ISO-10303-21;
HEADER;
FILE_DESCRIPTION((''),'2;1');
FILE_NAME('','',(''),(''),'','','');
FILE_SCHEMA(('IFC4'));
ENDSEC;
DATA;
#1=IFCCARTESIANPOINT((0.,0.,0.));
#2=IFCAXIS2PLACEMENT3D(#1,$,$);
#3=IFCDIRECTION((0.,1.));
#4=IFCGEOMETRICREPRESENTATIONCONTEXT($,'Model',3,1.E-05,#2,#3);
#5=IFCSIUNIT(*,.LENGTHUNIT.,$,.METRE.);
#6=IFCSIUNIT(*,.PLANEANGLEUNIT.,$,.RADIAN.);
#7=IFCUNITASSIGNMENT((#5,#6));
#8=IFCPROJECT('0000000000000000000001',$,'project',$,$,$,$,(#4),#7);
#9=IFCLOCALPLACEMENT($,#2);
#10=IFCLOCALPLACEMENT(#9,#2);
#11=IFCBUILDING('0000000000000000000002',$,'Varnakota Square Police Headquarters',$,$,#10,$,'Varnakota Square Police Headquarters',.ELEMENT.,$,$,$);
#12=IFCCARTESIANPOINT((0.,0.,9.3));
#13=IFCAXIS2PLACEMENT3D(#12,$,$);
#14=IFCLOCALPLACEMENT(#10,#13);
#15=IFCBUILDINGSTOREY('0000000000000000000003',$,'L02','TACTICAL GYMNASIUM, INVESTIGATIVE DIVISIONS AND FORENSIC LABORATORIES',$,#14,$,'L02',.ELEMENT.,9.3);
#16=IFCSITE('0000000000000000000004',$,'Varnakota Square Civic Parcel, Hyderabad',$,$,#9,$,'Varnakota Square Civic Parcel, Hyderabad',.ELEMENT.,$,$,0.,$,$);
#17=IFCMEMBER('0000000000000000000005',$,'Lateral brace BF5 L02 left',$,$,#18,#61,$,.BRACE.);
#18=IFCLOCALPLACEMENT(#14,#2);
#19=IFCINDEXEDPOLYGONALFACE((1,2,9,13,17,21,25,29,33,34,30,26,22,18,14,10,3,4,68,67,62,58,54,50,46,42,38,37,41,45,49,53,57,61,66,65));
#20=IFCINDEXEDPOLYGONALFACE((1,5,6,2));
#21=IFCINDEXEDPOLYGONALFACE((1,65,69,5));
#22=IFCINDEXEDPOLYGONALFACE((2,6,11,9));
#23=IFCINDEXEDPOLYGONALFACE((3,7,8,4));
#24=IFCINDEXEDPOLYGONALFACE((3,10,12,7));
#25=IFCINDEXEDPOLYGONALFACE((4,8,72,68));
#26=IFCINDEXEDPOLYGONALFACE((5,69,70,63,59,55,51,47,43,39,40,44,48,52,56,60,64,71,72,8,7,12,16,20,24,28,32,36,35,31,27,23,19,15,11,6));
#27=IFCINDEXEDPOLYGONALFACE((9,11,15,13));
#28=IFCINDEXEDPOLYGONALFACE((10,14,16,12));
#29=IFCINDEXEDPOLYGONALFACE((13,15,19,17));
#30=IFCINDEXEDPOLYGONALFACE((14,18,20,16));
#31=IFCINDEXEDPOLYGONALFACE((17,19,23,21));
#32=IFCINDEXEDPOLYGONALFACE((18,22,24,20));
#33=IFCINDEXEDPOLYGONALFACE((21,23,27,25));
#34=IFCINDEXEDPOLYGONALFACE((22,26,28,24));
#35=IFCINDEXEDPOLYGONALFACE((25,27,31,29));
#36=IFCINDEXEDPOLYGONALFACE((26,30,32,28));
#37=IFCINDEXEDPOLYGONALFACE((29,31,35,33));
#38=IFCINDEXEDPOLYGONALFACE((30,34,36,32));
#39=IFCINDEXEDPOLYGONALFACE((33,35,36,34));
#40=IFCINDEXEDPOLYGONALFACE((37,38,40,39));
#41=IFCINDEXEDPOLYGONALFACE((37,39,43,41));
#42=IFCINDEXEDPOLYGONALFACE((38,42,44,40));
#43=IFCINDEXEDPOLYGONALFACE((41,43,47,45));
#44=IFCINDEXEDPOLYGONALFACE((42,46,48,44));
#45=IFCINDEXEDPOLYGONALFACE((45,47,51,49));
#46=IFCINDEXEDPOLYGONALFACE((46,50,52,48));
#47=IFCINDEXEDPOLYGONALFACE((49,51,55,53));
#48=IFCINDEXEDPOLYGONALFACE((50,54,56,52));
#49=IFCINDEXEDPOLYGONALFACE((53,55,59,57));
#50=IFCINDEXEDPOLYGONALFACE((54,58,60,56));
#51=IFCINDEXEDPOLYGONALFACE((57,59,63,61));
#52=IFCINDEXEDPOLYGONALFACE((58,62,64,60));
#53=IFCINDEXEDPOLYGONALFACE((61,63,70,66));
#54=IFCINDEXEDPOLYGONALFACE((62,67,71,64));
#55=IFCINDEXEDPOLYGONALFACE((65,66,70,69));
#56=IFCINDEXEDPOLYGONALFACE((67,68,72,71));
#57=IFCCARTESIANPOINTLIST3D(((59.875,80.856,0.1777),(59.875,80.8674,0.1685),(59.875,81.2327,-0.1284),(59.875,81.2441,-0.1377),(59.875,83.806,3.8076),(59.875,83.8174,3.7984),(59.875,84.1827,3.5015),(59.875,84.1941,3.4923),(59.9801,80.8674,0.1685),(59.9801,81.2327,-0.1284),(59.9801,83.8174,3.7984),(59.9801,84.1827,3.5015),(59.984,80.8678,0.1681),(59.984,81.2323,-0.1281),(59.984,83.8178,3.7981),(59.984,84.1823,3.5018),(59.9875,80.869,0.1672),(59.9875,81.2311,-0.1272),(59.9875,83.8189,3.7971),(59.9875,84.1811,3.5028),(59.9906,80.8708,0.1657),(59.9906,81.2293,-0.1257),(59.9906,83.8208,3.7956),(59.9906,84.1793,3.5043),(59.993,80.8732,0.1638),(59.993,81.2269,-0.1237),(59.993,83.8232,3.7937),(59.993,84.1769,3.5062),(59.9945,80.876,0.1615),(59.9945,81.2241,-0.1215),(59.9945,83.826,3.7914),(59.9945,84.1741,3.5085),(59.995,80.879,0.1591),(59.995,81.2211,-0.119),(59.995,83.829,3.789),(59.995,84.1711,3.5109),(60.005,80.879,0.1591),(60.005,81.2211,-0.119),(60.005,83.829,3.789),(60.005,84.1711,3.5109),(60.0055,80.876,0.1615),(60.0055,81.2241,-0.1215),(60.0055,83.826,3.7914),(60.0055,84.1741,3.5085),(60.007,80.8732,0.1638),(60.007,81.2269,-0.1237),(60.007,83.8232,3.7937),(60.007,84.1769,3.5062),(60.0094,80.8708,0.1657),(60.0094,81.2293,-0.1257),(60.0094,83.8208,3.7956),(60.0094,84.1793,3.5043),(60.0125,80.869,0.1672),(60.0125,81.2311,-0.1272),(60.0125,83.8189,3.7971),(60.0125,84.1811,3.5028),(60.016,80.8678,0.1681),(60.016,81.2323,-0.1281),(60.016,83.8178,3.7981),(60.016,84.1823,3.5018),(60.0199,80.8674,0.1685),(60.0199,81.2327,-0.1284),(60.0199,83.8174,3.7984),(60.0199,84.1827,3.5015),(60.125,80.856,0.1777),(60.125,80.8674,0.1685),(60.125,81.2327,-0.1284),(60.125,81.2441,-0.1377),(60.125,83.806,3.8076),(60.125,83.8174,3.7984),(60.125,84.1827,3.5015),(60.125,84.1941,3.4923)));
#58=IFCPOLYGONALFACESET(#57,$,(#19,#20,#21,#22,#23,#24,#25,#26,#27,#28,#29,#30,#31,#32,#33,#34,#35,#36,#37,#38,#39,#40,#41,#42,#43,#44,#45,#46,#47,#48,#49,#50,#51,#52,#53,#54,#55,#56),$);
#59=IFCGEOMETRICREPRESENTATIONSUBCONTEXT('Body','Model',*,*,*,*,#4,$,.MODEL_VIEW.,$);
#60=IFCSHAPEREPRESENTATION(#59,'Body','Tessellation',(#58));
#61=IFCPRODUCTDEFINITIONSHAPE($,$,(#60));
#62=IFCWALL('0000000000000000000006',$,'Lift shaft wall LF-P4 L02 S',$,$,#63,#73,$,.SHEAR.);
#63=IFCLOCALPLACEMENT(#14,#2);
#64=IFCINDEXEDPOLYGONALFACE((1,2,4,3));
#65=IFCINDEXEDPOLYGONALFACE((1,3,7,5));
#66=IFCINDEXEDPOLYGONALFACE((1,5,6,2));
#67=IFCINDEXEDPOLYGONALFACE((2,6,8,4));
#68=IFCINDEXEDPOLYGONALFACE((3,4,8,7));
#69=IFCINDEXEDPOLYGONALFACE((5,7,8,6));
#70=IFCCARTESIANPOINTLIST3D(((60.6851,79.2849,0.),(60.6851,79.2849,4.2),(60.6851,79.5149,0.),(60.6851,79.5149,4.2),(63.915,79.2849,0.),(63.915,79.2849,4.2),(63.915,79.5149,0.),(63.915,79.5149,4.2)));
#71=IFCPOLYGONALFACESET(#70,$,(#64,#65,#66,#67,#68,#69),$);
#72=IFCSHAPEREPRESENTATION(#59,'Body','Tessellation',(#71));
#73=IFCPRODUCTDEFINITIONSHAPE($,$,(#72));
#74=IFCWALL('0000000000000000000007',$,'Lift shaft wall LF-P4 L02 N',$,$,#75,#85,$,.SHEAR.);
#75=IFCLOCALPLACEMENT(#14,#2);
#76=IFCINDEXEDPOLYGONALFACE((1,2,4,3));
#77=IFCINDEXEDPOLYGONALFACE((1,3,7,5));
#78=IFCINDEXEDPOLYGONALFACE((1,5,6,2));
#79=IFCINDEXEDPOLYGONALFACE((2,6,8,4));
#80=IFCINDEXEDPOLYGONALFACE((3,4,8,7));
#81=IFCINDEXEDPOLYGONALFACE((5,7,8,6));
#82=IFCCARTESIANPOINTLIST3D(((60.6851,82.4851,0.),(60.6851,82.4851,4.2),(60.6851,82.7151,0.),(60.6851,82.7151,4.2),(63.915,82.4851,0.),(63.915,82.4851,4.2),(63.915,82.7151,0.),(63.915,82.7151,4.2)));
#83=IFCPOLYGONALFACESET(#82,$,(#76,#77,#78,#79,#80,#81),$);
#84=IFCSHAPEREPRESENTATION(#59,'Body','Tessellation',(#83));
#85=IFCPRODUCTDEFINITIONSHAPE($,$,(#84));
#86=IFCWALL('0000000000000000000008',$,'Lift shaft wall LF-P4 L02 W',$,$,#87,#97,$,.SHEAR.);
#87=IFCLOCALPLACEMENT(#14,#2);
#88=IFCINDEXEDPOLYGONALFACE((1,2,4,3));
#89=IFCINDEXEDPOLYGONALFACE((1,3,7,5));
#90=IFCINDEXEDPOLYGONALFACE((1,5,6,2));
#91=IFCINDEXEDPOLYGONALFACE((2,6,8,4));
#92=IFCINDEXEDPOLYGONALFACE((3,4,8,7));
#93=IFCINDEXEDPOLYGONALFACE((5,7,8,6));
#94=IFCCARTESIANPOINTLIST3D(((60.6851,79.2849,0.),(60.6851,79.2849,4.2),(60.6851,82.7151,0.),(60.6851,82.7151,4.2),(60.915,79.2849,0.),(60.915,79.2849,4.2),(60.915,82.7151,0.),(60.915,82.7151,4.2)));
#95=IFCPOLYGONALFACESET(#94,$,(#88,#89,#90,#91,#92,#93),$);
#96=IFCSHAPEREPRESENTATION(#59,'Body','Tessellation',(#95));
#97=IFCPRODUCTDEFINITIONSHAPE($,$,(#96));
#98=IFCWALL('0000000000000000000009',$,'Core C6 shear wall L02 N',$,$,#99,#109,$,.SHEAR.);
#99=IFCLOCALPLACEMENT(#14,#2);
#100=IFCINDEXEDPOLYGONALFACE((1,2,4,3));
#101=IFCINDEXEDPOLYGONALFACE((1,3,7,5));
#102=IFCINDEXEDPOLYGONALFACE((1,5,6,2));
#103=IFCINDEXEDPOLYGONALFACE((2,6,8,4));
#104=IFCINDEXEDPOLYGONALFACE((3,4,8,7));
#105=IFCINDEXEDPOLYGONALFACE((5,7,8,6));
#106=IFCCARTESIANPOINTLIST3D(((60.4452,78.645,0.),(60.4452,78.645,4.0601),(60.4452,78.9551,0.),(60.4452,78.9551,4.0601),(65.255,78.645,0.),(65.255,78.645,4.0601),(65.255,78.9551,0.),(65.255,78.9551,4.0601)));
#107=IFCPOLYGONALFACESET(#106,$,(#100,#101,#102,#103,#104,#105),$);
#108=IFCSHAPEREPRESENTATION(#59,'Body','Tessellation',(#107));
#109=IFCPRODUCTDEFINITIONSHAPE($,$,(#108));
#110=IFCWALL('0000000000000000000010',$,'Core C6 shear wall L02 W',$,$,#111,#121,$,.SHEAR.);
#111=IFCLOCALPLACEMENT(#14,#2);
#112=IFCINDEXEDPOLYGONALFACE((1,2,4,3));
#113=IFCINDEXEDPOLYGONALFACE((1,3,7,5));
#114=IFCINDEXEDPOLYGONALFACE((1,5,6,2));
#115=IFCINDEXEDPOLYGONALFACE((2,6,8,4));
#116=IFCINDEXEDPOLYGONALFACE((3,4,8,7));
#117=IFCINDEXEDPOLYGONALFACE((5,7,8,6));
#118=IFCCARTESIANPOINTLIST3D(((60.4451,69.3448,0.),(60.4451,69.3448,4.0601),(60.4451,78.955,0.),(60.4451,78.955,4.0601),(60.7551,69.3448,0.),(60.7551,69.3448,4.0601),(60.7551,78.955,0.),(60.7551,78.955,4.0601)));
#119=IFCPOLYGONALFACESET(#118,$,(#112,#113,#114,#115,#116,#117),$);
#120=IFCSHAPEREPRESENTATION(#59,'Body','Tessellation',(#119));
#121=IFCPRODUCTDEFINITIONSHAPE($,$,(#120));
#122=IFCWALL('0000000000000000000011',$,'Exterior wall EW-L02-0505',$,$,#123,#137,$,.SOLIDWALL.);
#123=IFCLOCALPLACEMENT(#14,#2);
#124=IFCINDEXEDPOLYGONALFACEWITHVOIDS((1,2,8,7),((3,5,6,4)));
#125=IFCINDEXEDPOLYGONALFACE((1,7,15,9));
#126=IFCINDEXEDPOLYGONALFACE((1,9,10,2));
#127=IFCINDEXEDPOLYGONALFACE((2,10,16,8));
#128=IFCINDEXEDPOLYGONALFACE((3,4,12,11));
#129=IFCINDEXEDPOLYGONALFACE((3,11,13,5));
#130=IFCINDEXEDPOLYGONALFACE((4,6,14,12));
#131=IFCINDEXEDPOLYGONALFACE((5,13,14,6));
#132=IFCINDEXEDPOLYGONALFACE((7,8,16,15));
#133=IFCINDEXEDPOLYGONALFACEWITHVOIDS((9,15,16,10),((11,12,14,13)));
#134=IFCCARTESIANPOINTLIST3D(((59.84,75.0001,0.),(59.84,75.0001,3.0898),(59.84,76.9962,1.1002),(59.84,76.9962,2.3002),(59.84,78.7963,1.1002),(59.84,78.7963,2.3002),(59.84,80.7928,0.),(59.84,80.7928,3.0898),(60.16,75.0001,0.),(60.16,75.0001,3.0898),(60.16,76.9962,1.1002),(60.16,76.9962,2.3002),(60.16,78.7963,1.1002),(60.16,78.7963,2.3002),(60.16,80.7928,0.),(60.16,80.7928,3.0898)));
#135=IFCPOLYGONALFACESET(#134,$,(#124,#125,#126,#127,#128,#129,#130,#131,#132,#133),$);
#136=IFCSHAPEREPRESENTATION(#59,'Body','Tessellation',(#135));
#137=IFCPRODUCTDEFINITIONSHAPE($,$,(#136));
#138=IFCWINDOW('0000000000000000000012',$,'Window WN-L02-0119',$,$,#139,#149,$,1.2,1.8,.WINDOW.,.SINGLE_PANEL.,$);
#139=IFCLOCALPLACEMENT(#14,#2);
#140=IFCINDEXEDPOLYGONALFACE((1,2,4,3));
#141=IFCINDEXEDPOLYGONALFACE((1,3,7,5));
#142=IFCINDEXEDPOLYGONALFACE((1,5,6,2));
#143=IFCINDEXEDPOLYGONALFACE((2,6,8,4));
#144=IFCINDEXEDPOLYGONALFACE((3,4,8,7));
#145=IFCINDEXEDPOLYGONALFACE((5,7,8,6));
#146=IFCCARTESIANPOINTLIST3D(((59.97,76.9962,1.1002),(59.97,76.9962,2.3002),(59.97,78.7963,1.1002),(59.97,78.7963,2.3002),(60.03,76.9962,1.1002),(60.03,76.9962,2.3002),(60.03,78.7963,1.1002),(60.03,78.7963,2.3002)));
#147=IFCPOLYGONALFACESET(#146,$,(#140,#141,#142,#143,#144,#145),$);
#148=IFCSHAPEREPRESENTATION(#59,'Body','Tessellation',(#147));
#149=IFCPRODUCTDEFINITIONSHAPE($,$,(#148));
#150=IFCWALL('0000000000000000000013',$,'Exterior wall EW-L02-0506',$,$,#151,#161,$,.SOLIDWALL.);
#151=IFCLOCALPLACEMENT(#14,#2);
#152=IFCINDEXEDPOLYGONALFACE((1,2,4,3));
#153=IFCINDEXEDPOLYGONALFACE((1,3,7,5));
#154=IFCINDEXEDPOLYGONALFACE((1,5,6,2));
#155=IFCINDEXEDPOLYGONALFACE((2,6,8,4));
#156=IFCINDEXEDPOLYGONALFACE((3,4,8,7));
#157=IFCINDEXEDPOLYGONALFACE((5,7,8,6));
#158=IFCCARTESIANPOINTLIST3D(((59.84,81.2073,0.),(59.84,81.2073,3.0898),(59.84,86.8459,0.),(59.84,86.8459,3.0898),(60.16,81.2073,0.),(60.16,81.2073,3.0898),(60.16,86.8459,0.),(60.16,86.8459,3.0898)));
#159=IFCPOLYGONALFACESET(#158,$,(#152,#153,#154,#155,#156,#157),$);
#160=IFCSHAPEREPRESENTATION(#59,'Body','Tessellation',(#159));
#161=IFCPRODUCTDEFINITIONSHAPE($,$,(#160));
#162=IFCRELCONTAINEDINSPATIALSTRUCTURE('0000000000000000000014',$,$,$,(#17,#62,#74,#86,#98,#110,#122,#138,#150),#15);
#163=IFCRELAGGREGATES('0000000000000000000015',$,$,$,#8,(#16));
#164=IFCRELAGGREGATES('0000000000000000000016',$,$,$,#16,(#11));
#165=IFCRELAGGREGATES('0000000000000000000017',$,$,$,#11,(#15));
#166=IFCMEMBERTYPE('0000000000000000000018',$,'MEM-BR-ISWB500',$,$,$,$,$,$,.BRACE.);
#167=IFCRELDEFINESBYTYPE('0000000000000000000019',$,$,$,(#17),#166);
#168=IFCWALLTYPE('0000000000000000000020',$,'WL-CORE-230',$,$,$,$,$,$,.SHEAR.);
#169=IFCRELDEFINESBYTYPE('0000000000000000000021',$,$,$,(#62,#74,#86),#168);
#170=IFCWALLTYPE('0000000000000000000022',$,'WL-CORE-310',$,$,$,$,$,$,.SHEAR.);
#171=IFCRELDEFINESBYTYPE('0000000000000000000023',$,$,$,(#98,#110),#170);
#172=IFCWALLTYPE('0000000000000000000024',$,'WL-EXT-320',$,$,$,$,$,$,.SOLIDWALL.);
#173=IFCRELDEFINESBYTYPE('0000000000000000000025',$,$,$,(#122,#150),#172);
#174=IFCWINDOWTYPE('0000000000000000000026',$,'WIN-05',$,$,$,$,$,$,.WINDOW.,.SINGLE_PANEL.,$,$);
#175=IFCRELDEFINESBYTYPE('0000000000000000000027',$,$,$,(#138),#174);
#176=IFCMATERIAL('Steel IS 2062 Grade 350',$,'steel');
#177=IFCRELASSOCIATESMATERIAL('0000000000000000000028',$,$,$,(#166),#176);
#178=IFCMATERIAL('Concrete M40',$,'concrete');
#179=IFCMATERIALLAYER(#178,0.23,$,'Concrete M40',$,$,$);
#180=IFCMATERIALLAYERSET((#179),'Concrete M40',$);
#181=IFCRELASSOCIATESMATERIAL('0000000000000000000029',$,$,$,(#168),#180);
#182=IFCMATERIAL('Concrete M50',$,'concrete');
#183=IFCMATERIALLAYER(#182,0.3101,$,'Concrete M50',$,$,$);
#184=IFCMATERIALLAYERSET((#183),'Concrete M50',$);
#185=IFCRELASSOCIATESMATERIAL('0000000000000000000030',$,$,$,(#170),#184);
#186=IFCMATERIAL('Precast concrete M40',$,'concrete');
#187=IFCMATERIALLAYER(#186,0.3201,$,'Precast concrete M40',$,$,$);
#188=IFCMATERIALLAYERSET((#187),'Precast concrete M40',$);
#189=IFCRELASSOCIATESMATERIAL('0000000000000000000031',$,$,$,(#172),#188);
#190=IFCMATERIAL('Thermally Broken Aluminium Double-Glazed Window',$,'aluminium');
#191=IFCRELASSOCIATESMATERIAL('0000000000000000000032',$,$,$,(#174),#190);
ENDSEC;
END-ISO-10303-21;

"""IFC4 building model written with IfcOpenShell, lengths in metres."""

from ifc_helpers import new_model, si_unit, direction, frame, frame_2d, origin, origin_2d, place, context, subcontext, project, spatial, rectangle, i_section, extrude, material, layer, layer_set, material_profile, profile_set, type_object, element, fill, save


model = new_model("IFC4")

# Units and contexts
model_context = context("Model", 3, precision=1e-05, world=origin(), true_north=direction((0.0, 1.0)))
body_context = subcontext(model_context, "Body", "Model", "MODEL_VIEW")
ifc_project = project(units=[si_unit("LENGTHUNIT", "METRE"), si_unit("PLANEANGLEUNIT", "RADIAN")], contexts=[model_context])

# Site, building, storey
site_placement = place(None, origin())
site = spatial("IfcSite", under=ifc_project, at=site_placement, Name="Varnakota Square Civic Parcel, Hyderabad", LongName="Varnakota Square Civic Parcel, Hyderabad", CompositionType="ELEMENT", RefElevation=0.0)
building_placement = place(site_placement, origin())
building = spatial("IfcBuilding", under=site, at=building_placement, Name="Varnakota Square Police Headquarters", LongName="Varnakota Square Police Headquarters", CompositionType="ELEMENT")
storey_placement = place(building_placement, frame((0.0, 0.0, 9.3)))
storey = spatial("IfcBuildingStorey", under=building, at=storey_placement, Name="L02", Description="TACTICAL GYMNASIUM, INVESTIGATIVE DIVISIONS AND FORENSIC LABORATORIES", LongName="L02", CompositionType="ELEMENT", Elevation=9.3)

# Shared definitions
ifc_material_1 = material(Name="Steel IS 2062 Grade 350", Category="steel")

# Member
ifc_material_profile_1 = material_profile(ifc_material_1, i_section(OverallWidth=0.25, OverallDepth=0.5, WebThickness=0.01, FlangeThickness=0.0146, FilletRadius=0.0149, at=origin_2d()), Name="ISWB 500")
ifc_profile_set_1 = profile_set([ifc_material_profile_1], Name="Steel IS 2062 Grade 350")
member_type = type_object("IfcMemberType", Name="MEM-BR-ISWB500", PredefinedType="BRACE", material=ifc_profile_set_1)
member_placement = place(storey_placement, frame((60.0, 81.05, 0.02), z_axis=(0.0, 0.630679, 0.776044), x_axis=(-1.0, 0.0, 0.0)))
element("IfcMember", 1, at=member_placement, inside=storey, type_object=member_type, Name="Lateral brace BF5 L02 left", PredefinedType="BRACE", context=body_context, shape_type="SweptSolid", body=[
    extrude(i_section(OverallWidth=0.25, OverallDepth=0.5, WebThickness=0.01, FlangeThickness=0.0146, FilletRadius=0.0149, at=origin_2d()), origin(), (0.0, 0.0, 1.0), 4.6775),
])

# Wall
ifc_material_2 = material(Name="Concrete M40", Category="concrete")
ifc_layer_1 = layer(ifc_material_2, 0.23, Name="Concrete M40")
ifc_layer_set_1 = layer_set([ifc_layer_1], Name="Concrete M40")
wall_type_1 = type_object("IfcWallType", Name="WL-CORE-230", PredefinedType="SHEAR", material=ifc_layer_set_1)
wall_1_placement = place(storey_placement, frame((60.6851, 79.3999, 0.0), z_axis=(0.0, 0.0, 1.0), x_axis=(1.0, 0.0, 0.0)))
element("IfcWall", 2, at=wall_1_placement, inside=storey, type_object=wall_type_1, Name="Lift shaft wall LF-P4 L02 S", PredefinedType="SHEAR", context=body_context, shape_type="SweptSolid", body=[
    extrude(rectangle(XDim=3.23, YDim=0.23, at=frame_2d((1.615, 0.0))), origin(), (0.0, 0.0, 1.0), 4.2),
])

# Walls
wall_2_placement = place(storey_placement, frame((63.915, 82.6001, 0.0), z_axis=(0.0, 0.0, 1.0), x_axis=(-1.0, 0.0, 0.0)))
element("IfcWall", 3, at=wall_2_placement, inside=storey, type_object=wall_type_1, Name="Lift shaft wall LF-P4 L02 N", PredefinedType="SHEAR", context=body_context, shape_type="SweptSolid", body=[
    extrude(rectangle(XDim=3.23, YDim=0.23, at=frame_2d((1.615, 0.0))), origin(), (0.0, 0.0, 1.0), 4.2),
])
wall_3_placement = place(storey_placement, frame((60.8, 82.7151, 0.0), z_axis=(0.0, 0.0, 1.0), x_axis=(0.0, -1.0, 0.0)))
element("IfcWall", 4, at=wall_3_placement, inside=storey, type_object=wall_type_1, Name="Lift shaft wall LF-P4 L02 W", PredefinedType="SHEAR", context=body_context, shape_type="SweptSolid", body=[
    extrude(rectangle(XDim=3.4302, YDim=0.23, at=frame_2d((1.7151, 0.0))), origin(), (0.0, 0.0, 1.0), 4.2),
])
ifc_material_3 = material(Name="Concrete M50", Category="concrete")
ifc_layer_2 = layer(ifc_material_3, 0.3101, Name="Concrete M50")
ifc_layer_set_2 = layer_set([ifc_layer_2], Name="Concrete M50")
wall_type_2 = type_object("IfcWallType", Name="WL-CORE-310", PredefinedType="SHEAR", material=ifc_layer_set_2)
wall_4_placement = place(storey_placement, frame((65.2549, 78.8, 0.0), z_axis=(0.0, 0.0, 1.0), x_axis=(-1.0, 0.0, 0.0)))
element("IfcWall", 5, at=wall_4_placement, inside=storey, type_object=wall_type_2, Name="Core C6 shear wall L02 N", PredefinedType="SHEAR", context=body_context, shape_type="SweptSolid", body=[
    extrude(rectangle(XDim=4.8098, YDim=0.3101, at=frame_2d((2.4048, 0.0))), origin(), (0.0, 0.0, 1.0), 4.0601),
])
wall_5_placement = place(storey_placement, frame((60.6001, 78.9551, 0.0), z_axis=(0.0, 0.0, 1.0), x_axis=(0.0, -1.0, 0.0)))
element("IfcWall", 6, at=wall_5_placement, inside=storey, type_object=wall_type_2, Name="Core C6 shear wall L02 W", PredefinedType="SHEAR", context=body_context, shape_type="SweptSolid", body=[
    extrude(rectangle(XDim=9.6101, YDim=0.3101, at=frame_2d((4.8052, 0.0))), origin(), (0.0, 0.0, 1.0), 4.0601),
])

# Wall, opening, window
ifc_material_4 = material(Name="Precast concrete M40", Category="concrete")
ifc_layer_3 = layer(ifc_material_4, 0.3201, Name="Precast concrete M40")
ifc_layer_set_3 = layer_set([ifc_layer_3], Name="Precast concrete M40")
wall_type_3 = type_object("IfcWallType", Name="WL-EXT-320", PredefinedType="SOLIDWALL", material=ifc_layer_set_3)
wall_6_placement = place(storey_placement, frame((60.0, 75.0, 0.0), z_axis=(0.0, 0.0, 1.0), x_axis=(0.0, 1.0, 0.0)))
wall_6 = element("IfcWall", 7, at=wall_6_placement, inside=storey, type_object=wall_type_3, Name="Exterior wall EW-L02-0505", PredefinedType="SOLIDWALL", context=body_context, shape_type="SweptSolid", body=[
    extrude(rectangle(XDim=5.7927, YDim=0.3201, at=frame_2d((2.8965, 0.0))), origin(), (0.0, 0.0, 1.0), 3.0898),
])
opening_1_placement = place(wall_6_placement, frame((1.9963, 0.0, 1.1001)))
opening_1 = element("IfcOpeningElement", 8, at=opening_1_placement, cuts=wall_6, PredefinedType="OPENING", context=body_context, shape_type="SweptSolid", body=[
    extrude(rectangle(XDim=1.8, YDim=1.2, at=frame_2d((0.8999, 0.6001))), frame((0.0, 0.1699, 0.0), z_axis=(0.0, -1.0, 0.0), x_axis=(1.0, 0.0, 0.0)), (0.0, 0.0, 1.0), 0.3401),
])
ifc_material_5 = material(Name="Thermally Broken Aluminium Double-Glazed Window", Category="aluminium")
window_type = type_object("IfcWindowType", Name="WIN-05", PartitioningType="SINGLE_PANEL", PredefinedType="WINDOW", material=ifc_material_5)
window_placement = place(opening_1_placement, origin())
window = element("IfcWindow", 9, at=window_placement, inside=storey, type_object=window_type, Name="Window WN-L02-0119", OverallHeight=1.2, OverallWidth=1.8, PartitioningType="SINGLE_PANEL", PredefinedType="WINDOW", context=body_context, shape_type="SweptSolid", body=[
    extrude(rectangle(XDim=1.8, YDim=1.2, at=frame_2d((0.8999, 0.6001))), frame((0.0, 0.03, 0.0), z_axis=(0.0, -1.0, 0.0), x_axis=(1.0, 0.0, 0.0)), (0.0, 0.0, 1.0), 0.0601),
])
fill(opening_1, window)

# Wall
wall_7_placement = place(storey_placement, frame((60.0, 81.2073, 0.0), z_axis=(0.0, 0.0, 1.0), x_axis=(0.0, 1.0, 0.0)))
element("IfcWall", 10, at=wall_7_placement, inside=storey, type_object=wall_type_3, Name="Exterior wall EW-L02-0506", PredefinedType="SOLIDWALL", context=body_context, shape_type="SweptSolid", body=[
    extrude(rectangle(XDim=5.6387, YDim=0.3201, at=frame_2d((2.8193, 0.0))), origin(), (0.0, 0.0, 1.0), 3.0898),
])

save(model, "model.ifc")
